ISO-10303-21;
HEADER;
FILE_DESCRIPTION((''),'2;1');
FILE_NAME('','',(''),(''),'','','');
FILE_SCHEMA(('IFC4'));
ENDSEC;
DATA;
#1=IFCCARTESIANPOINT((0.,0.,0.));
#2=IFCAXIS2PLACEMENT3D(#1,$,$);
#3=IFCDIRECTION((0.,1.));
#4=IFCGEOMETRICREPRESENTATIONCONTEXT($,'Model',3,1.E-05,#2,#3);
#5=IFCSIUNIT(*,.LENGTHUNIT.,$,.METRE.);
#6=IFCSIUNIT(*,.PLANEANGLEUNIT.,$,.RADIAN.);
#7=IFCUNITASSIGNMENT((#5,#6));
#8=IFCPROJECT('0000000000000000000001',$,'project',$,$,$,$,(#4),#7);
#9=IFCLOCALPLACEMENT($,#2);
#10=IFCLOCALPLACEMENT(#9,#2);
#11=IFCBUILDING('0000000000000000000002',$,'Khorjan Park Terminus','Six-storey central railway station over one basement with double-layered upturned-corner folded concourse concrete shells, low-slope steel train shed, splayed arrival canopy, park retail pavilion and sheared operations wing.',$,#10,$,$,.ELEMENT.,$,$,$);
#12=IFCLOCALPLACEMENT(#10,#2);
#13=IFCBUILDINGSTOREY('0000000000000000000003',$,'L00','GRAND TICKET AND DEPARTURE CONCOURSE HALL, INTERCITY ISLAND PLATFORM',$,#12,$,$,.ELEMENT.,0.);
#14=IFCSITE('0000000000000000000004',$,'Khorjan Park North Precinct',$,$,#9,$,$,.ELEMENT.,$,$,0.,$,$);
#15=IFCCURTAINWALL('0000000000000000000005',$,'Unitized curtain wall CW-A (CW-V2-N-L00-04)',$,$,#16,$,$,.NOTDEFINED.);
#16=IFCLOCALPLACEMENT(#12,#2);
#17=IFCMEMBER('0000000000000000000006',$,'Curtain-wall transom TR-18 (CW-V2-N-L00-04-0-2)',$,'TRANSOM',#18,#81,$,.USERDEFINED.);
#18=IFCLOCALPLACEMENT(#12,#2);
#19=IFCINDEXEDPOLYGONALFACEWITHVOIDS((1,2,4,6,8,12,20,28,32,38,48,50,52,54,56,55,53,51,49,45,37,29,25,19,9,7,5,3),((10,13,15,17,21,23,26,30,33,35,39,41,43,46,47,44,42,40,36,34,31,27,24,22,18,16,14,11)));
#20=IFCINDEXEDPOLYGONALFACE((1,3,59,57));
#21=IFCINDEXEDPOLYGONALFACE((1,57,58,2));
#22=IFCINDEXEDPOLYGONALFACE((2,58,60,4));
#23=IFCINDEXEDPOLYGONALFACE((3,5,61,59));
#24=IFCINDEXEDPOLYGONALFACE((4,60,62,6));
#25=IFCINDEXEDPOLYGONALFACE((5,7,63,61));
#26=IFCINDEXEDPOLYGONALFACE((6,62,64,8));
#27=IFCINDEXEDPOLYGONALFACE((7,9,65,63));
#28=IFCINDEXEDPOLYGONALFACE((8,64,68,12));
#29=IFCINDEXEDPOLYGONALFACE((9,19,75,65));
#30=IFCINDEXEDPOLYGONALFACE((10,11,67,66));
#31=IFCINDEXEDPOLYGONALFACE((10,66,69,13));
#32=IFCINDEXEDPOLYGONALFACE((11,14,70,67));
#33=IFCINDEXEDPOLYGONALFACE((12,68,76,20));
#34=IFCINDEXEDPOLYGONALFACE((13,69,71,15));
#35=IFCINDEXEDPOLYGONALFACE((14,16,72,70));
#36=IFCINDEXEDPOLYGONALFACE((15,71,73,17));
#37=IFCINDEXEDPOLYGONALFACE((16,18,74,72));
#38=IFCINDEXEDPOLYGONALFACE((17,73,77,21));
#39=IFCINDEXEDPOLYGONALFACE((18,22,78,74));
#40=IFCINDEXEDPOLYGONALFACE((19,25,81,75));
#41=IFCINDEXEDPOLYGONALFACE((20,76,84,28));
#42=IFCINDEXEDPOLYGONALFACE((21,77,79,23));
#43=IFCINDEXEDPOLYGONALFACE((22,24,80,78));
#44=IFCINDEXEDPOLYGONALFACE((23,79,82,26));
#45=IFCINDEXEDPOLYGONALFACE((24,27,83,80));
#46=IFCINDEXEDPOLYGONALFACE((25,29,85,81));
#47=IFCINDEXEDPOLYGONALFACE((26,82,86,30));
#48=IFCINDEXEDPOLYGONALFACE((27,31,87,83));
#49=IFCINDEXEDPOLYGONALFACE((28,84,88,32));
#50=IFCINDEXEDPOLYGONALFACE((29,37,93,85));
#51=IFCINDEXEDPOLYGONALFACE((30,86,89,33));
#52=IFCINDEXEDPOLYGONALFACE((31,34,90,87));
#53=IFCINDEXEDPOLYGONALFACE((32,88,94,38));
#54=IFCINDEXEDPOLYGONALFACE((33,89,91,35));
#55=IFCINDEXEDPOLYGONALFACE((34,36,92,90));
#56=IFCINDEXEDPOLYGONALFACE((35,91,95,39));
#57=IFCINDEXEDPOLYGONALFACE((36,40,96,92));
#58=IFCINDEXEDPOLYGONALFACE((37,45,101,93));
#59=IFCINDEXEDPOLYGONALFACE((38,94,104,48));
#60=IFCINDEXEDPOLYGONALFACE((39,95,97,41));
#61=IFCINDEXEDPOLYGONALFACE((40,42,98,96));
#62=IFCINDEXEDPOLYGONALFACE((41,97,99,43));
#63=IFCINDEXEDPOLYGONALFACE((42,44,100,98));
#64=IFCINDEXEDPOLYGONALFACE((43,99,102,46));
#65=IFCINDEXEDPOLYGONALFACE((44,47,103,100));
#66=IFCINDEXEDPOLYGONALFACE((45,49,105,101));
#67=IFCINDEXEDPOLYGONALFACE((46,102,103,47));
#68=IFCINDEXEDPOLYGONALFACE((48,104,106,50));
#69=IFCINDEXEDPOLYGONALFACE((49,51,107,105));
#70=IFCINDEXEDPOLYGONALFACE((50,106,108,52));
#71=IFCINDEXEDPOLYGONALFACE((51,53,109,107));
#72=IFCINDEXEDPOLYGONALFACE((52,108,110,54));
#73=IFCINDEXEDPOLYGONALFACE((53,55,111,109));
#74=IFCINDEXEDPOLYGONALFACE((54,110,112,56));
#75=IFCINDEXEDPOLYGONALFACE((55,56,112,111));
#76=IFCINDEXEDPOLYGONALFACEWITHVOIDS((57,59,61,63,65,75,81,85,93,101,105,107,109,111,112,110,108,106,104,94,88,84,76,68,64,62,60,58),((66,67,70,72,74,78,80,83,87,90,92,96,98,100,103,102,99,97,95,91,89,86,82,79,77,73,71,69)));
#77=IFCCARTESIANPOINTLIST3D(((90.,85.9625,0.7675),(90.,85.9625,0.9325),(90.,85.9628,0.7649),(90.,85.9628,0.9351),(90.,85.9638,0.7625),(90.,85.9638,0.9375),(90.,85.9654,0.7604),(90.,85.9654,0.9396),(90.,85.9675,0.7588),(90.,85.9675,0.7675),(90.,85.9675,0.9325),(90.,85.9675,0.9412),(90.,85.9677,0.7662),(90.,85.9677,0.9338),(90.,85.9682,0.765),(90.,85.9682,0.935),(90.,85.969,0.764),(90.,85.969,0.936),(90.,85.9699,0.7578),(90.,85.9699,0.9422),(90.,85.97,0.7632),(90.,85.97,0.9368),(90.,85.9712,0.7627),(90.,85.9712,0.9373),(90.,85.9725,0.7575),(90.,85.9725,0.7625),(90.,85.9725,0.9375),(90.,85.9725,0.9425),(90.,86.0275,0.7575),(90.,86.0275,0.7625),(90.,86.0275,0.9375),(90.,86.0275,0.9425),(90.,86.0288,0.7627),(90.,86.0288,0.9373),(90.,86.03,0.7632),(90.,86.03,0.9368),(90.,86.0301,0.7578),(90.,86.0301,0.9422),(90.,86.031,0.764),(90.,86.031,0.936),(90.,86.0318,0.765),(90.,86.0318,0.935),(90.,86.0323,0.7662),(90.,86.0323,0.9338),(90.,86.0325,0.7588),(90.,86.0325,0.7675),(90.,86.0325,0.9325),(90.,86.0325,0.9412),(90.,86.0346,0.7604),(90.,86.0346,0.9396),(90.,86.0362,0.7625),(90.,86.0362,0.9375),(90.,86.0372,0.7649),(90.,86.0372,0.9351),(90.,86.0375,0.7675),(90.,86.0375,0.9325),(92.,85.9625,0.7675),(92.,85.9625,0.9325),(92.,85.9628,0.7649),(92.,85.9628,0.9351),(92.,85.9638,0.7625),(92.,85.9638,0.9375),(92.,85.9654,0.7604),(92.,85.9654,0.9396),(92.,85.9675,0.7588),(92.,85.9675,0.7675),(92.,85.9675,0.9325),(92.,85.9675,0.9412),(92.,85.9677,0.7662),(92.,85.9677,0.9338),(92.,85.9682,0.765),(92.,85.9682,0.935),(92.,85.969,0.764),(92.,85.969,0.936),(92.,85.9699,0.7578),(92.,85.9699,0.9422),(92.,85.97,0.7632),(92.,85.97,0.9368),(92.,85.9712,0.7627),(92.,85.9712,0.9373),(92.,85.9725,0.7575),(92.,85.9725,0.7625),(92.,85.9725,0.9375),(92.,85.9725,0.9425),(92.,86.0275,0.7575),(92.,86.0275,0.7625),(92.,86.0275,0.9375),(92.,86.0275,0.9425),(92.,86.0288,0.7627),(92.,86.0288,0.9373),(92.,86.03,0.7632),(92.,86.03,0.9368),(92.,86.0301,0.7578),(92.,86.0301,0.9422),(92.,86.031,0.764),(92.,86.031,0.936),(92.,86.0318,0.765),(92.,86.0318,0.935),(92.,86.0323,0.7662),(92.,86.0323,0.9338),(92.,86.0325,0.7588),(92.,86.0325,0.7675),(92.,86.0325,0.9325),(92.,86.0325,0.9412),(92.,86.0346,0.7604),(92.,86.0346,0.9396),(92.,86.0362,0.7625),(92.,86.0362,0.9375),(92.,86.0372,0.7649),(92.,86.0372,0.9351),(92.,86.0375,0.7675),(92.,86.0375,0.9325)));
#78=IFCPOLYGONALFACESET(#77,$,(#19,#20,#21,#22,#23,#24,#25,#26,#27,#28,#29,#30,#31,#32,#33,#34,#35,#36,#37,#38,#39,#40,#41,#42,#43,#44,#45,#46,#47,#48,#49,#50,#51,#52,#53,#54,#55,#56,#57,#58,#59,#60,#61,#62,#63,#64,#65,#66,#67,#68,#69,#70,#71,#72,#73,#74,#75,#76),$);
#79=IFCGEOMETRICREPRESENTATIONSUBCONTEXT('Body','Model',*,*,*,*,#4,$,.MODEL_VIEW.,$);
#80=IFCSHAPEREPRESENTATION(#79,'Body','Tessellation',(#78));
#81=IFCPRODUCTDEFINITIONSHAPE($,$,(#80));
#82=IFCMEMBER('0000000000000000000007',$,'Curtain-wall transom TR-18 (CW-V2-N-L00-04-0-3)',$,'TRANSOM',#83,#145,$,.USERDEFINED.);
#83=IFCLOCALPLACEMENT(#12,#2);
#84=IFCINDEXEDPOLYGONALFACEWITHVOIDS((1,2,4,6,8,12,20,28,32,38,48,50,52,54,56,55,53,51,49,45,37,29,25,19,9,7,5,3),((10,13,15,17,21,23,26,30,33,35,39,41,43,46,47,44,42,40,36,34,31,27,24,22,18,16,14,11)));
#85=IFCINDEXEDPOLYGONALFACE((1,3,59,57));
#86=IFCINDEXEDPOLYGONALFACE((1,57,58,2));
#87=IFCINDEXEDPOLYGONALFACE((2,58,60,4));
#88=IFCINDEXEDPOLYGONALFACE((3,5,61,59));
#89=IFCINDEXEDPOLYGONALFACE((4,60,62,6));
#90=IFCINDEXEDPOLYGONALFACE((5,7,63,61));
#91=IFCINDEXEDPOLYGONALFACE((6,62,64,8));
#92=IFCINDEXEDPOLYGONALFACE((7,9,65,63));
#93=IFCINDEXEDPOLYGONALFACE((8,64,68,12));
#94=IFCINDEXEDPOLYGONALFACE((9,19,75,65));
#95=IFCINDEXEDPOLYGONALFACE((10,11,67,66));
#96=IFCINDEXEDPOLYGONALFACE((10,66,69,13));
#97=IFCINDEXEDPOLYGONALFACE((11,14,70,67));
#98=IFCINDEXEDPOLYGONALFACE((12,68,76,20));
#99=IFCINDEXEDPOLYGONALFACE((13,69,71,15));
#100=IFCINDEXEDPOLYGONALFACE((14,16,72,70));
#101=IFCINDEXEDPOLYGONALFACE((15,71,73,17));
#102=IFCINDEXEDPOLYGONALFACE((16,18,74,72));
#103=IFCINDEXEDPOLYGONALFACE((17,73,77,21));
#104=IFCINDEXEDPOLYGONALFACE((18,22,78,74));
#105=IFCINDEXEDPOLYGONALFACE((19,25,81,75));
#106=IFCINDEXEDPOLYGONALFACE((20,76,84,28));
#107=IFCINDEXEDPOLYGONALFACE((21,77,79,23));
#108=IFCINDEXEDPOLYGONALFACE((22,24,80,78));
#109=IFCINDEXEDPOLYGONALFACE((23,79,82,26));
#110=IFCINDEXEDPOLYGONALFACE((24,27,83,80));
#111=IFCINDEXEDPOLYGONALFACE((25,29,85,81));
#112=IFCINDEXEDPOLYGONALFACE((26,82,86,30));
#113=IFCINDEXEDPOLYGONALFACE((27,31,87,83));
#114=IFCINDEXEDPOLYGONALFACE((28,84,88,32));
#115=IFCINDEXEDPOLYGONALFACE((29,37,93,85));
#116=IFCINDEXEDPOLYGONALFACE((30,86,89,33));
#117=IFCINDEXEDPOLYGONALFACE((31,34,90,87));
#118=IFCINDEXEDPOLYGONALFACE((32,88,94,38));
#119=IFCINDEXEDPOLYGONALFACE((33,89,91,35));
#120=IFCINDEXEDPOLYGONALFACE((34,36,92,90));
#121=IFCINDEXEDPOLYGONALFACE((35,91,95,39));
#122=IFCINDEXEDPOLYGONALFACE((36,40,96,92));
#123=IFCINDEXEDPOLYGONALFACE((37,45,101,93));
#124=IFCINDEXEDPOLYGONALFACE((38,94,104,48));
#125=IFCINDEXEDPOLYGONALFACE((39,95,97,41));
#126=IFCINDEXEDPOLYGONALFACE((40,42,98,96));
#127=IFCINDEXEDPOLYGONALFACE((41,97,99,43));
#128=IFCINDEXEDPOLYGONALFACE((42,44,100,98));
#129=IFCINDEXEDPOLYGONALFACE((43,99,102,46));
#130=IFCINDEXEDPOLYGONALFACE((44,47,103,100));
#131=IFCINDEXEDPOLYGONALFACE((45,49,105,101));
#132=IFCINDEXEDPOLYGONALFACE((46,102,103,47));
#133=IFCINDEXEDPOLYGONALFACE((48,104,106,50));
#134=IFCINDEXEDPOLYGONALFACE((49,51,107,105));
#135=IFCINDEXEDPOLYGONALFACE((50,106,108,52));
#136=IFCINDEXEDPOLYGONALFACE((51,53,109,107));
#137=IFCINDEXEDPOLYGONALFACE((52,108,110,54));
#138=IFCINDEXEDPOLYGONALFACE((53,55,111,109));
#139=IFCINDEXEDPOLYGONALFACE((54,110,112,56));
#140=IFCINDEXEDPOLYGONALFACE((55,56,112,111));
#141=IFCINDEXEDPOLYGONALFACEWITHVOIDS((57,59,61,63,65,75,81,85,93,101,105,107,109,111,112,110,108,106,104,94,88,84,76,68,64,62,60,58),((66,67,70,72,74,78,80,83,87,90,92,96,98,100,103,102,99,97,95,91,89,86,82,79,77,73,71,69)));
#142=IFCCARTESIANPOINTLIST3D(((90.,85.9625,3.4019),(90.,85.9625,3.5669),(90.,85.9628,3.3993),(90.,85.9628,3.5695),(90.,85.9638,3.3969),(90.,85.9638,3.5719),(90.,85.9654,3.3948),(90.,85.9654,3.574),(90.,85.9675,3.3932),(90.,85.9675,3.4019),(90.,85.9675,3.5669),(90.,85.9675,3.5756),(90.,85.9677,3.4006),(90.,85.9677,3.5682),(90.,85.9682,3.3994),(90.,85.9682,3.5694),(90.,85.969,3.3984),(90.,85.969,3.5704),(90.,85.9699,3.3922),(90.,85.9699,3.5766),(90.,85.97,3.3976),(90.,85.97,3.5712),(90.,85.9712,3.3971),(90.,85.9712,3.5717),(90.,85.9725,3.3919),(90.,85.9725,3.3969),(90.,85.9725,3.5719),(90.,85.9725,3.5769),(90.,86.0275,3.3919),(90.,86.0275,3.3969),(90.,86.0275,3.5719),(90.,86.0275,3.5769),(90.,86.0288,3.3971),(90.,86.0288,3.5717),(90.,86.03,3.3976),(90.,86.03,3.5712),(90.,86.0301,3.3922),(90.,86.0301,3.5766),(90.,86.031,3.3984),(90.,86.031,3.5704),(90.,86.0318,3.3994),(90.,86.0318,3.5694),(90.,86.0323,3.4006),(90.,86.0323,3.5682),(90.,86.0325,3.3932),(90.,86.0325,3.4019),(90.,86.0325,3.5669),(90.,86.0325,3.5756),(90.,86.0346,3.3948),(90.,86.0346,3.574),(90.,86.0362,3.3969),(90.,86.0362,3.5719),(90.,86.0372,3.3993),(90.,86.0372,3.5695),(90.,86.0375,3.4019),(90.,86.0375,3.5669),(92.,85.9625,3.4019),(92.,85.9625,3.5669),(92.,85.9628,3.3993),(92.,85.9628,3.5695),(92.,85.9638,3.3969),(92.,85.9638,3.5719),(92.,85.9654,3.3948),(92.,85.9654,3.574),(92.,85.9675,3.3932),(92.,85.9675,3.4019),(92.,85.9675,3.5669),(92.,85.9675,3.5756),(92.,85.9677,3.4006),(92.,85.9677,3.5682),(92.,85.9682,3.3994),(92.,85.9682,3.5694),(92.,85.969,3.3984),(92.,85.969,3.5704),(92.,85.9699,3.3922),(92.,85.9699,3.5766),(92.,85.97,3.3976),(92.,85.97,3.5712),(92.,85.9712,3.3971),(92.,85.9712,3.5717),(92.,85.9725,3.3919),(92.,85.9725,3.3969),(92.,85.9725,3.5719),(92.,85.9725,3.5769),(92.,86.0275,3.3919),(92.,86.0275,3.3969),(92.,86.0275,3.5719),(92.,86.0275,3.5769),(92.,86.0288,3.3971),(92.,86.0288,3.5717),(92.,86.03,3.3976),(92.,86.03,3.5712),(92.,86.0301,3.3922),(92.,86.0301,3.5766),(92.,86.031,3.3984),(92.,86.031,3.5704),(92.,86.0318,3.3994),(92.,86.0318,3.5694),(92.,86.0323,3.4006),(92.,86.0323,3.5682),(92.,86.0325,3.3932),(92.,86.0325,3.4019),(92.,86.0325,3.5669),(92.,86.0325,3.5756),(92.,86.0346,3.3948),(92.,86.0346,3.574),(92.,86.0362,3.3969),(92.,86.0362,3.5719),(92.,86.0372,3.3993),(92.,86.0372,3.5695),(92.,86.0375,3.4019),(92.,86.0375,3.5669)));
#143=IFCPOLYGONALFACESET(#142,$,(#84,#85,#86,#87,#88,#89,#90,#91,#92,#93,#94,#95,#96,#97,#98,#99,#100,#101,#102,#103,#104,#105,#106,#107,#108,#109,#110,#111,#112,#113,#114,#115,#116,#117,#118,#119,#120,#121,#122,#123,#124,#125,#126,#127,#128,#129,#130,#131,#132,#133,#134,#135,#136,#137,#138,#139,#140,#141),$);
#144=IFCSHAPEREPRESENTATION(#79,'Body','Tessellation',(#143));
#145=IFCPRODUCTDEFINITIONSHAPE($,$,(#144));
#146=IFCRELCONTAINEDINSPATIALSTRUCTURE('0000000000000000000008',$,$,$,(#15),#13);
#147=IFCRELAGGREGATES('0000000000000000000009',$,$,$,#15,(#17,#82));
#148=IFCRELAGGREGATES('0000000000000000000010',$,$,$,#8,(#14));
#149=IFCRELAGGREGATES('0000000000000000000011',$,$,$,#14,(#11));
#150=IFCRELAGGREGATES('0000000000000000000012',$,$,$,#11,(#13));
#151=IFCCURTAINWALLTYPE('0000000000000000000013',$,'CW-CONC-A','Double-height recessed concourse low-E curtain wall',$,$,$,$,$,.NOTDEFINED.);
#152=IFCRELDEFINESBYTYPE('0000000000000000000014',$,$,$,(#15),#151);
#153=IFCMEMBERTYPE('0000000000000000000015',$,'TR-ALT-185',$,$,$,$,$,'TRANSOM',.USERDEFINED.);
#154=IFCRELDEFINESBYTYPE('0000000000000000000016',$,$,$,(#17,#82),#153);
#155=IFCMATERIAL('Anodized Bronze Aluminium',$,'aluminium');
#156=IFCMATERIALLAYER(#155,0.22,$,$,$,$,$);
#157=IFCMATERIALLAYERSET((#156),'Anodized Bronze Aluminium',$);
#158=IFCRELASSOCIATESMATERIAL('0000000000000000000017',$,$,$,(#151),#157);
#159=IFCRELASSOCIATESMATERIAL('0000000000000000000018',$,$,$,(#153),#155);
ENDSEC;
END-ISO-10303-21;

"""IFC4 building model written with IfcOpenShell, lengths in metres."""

from ifc_helpers import new_model, si_unit, direction, frame, origin, origin_2d, place, context, subcontext, project, spatial, hollow_rectangle, extrude, material, layer, layer_set, material_profile, profile_set, type_object, element, aggregate, save


model = new_model("IFC4")

# Units and contexts
model_context = context("Model", 3, precision=1e-05, world=origin(), true_north=direction((0.0, 1.0)))
body_context = subcontext(model_context, "Body", "Model", "MODEL_VIEW")
ifc_project = project(units=[si_unit("LENGTHUNIT", "METRE"), si_unit("PLANEANGLEUNIT", "RADIAN")], contexts=[model_context])

# Site, building, storey
site_placement = place(None, origin())
site = spatial("IfcSite", under=ifc_project, at=site_placement, Name="Khorjan Park North Precinct", CompositionType="ELEMENT", RefElevation=0.0)
building_placement = place(site_placement, origin())
building = spatial("IfcBuilding", under=site, at=building_placement, Name="Khorjan Park Terminus", Description="Six-storey central railway station over one basement with double-layered upturned-corner folded concourse concrete shells, low-slope steel train shed, splayed arrival canopy, park retail pavilion and sheared operations wing.", CompositionType="ELEMENT")
storey_placement = place(building_placement, origin())
storey = spatial("IfcBuildingStorey", under=building, at=storey_placement, Name="L00", Description="GRAND TICKET AND DEPARTURE CONCOURSE HALL, INTERCITY ISLAND PLATFORM", CompositionType="ELEMENT", Elevation=0.0)

# Curtain wall
ifc_material_1 = material(Name="Anodized Bronze Aluminium", Category="aluminium")
ifc_layer_1 = layer(ifc_material_1, 0.22)
ifc_layer_set_1 = layer_set([ifc_layer_1], Name="Anodized Bronze Aluminium")
curtain_wall_type = type_object("IfcCurtainWallType", Name="CW-CONC-A", Description="Double-height recessed concourse low-E curtain wall", PredefinedType="NOTDEFINED", material=ifc_layer_set_1)
curtain_wall_1_placement = place(storey_placement, origin())
curtain_wall_1 = element("IfcCurtainWall", 1, at=curtain_wall_1_placement, inside=storey, type_object=curtain_wall_type, Name="Unitized curtain wall CW-A (CW-V2-N-L00-04)", PredefinedType="NOTDEFINED")

# Members
ifc_material_profile_1 = material_profile(ifc_material_1, hollow_rectangle(XDim=0.075, YDim=0.185, WallThickness=0.005, InnerFilletRadius=0.005, OuterFilletRadius=0.01, at=origin_2d()), Name="ALT 75x185x5")
ifc_profile_set_1 = profile_set([ifc_material_profile_1], Name="Anodized Bronze Aluminium")
member_type_1 = type_object("IfcMemberType", Name="TR-ALT-185", ElementType="TRANSOM", PredefinedType="USERDEFINED", material=ifc_profile_set_1)
member_1_placement = place(storey_placement, frame((92.0, 86.0, 0.85), z_axis=(-1.0, 0.0, 0.0), x_axis=(0.0, -1.0, 0.0)))
member_1 = element("IfcMember", 2, at=member_1_placement, type_object=member_type_1, Name="Curtain-wall transom TR-18 (CW-V2-N-L00-04-0-2)", ObjectType="TRANSOM", PredefinedType="USERDEFINED", context=body_context, shape_type="SweptSolid", body=[
    extrude(hollow_rectangle(XDim=0.075, YDim=0.185, WallThickness=0.005, InnerFilletRadius=0.005, OuterFilletRadius=0.01, at=origin_2d()), origin(), (0.0, 0.0, 1.0), 2.0),
])
member_2_placement = place(storey_placement, frame((92.0, 86.0, 3.4844), z_axis=(-1.0, 0.0, 0.0), x_axis=(0.0, -1.0, 0.0)))
member_2 = element("IfcMember", 3, at=member_2_placement, type_object=member_type_1, Name="Curtain-wall transom TR-18 (CW-V2-N-L00-04-0-3)", ObjectType="TRANSOM", PredefinedType="USERDEFINED", context=body_context, shape_type="SweptSolid", body=[
    extrude(hollow_rectangle(XDim=0.075, YDim=0.185, WallThickness=0.005, InnerFilletRadius=0.005, OuterFilletRadius=0.01, at=origin_2d()), origin(), (0.0, 0.0, 1.0), 2.0),
])

aggregate(curtain_wall_1, [member_1, member_2])

save(model, "model.ifc")
